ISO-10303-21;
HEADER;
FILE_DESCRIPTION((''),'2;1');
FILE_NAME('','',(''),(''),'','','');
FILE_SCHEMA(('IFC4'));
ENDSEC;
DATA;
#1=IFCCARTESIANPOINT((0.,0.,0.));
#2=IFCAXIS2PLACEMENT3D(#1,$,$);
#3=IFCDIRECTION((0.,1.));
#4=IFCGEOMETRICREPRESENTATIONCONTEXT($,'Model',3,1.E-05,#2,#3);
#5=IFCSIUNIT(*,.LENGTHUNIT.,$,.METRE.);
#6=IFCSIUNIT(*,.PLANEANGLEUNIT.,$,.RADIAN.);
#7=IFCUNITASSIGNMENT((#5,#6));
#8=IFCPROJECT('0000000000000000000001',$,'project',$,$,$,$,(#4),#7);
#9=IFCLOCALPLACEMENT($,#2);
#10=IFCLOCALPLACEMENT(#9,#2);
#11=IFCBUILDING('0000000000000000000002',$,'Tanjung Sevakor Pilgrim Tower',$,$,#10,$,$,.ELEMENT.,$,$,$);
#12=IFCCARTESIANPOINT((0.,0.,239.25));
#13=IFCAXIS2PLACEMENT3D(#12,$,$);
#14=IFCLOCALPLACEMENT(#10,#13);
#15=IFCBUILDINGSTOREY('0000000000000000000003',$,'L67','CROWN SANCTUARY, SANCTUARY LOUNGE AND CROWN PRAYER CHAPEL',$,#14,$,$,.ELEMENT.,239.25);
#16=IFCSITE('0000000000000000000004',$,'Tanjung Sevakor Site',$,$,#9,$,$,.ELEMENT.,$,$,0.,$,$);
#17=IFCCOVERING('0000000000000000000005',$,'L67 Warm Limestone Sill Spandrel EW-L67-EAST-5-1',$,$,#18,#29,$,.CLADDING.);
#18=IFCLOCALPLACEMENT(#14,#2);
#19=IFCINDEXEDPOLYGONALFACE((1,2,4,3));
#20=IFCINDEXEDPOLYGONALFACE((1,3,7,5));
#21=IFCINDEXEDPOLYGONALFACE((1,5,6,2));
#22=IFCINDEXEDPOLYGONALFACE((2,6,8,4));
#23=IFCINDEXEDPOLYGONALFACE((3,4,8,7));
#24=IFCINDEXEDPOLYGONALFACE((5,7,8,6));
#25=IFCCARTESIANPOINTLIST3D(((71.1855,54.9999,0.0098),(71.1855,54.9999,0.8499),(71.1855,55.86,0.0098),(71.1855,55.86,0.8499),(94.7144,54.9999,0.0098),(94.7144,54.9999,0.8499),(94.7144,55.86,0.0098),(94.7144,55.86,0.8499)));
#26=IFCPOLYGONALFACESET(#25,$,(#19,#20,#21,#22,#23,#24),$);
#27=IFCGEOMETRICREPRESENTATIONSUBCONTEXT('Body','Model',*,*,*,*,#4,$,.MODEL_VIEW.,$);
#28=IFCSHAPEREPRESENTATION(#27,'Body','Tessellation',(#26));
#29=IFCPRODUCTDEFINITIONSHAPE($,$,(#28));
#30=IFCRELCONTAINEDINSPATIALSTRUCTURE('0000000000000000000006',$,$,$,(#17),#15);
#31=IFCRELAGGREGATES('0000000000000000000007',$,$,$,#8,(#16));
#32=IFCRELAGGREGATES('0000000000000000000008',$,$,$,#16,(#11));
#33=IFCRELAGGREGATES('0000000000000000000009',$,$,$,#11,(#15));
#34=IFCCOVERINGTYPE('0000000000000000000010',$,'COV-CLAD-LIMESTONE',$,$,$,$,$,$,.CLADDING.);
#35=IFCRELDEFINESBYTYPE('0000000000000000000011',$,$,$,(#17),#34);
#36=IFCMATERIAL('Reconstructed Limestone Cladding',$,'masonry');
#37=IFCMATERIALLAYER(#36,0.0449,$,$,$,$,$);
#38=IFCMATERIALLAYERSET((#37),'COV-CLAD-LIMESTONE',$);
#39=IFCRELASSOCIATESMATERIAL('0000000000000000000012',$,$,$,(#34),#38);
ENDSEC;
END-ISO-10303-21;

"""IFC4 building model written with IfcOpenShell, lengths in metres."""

from ifc_helpers import new_model, si_unit, direction, frame, origin, origin_2d, place, context, subcontext, project, spatial, rectangle, extrude, material, layer, layer_set, type_object, element, save


model = new_model("IFC4")

# Units and contexts
model_context = context("Model", 3, precision=1e-05, world=origin(), true_north=direction((0.0, 1.0)))
body_context = subcontext(model_context, "Body", "Model", "MODEL_VIEW")
ifc_project = project(units=[si_unit("LENGTHUNIT", "METRE"), si_unit("PLANEANGLEUNIT", "RADIAN")], contexts=[model_context])

# Site, building, storey
site_placement = place(None, origin())
site = spatial("IfcSite", under=ifc_project, at=site_placement, Name="Tanjung Sevakor Site", CompositionType="ELEMENT", RefElevation=0.0)
building_placement = place(site_placement, origin())
building = spatial("IfcBuilding", under=site, at=building_placement, Name="Tanjung Sevakor Pilgrim Tower", CompositionType="ELEMENT")
storey_placement = place(building_placement, frame((0.0, 0.0, 239.25)))
storey = spatial("IfcBuildingStorey", under=building, at=storey_placement, Name="L67", Description="CROWN SANCTUARY, SANCTUARY LOUNGE AND CROWN PRAYER CHAPEL", CompositionType="ELEMENT", Elevation=239.25)

# Covering
ifc_material_1 = material(Name="Reconstructed Limestone Cladding", Category="masonry")
ifc_layer_1 = layer(ifc_material_1, 0.0449)
ifc_layer_set_1 = layer_set([ifc_layer_1], Name="COV-CLAD-LIMESTONE")
covering_type = type_object("IfcCoveringType", Name="COV-CLAD-LIMESTONE", PredefinedType="CLADDING", material=ifc_layer_set_1)
covering_placement = place(storey_placement, frame((82.95, 55.4299, 0.0098), z_axis=(0.0, 0.0, 1.0), x_axis=(-1.0, 0.0, 0.0)))
element("IfcCovering", 1, at=covering_placement, inside=storey, type_object=covering_type, Name="L67 Warm Limestone Sill Spandrel EW-L67-EAST-5-1", PredefinedType="CLADDING", context=body_context, shape_type="SweptSolid", body=[
    extrude(rectangle(XDim=23.5288, YDim=0.8601, at=origin_2d()), origin(), (0.0, 0.0, 1.0), 0.8401),
])

save(model, "model.ifc")
